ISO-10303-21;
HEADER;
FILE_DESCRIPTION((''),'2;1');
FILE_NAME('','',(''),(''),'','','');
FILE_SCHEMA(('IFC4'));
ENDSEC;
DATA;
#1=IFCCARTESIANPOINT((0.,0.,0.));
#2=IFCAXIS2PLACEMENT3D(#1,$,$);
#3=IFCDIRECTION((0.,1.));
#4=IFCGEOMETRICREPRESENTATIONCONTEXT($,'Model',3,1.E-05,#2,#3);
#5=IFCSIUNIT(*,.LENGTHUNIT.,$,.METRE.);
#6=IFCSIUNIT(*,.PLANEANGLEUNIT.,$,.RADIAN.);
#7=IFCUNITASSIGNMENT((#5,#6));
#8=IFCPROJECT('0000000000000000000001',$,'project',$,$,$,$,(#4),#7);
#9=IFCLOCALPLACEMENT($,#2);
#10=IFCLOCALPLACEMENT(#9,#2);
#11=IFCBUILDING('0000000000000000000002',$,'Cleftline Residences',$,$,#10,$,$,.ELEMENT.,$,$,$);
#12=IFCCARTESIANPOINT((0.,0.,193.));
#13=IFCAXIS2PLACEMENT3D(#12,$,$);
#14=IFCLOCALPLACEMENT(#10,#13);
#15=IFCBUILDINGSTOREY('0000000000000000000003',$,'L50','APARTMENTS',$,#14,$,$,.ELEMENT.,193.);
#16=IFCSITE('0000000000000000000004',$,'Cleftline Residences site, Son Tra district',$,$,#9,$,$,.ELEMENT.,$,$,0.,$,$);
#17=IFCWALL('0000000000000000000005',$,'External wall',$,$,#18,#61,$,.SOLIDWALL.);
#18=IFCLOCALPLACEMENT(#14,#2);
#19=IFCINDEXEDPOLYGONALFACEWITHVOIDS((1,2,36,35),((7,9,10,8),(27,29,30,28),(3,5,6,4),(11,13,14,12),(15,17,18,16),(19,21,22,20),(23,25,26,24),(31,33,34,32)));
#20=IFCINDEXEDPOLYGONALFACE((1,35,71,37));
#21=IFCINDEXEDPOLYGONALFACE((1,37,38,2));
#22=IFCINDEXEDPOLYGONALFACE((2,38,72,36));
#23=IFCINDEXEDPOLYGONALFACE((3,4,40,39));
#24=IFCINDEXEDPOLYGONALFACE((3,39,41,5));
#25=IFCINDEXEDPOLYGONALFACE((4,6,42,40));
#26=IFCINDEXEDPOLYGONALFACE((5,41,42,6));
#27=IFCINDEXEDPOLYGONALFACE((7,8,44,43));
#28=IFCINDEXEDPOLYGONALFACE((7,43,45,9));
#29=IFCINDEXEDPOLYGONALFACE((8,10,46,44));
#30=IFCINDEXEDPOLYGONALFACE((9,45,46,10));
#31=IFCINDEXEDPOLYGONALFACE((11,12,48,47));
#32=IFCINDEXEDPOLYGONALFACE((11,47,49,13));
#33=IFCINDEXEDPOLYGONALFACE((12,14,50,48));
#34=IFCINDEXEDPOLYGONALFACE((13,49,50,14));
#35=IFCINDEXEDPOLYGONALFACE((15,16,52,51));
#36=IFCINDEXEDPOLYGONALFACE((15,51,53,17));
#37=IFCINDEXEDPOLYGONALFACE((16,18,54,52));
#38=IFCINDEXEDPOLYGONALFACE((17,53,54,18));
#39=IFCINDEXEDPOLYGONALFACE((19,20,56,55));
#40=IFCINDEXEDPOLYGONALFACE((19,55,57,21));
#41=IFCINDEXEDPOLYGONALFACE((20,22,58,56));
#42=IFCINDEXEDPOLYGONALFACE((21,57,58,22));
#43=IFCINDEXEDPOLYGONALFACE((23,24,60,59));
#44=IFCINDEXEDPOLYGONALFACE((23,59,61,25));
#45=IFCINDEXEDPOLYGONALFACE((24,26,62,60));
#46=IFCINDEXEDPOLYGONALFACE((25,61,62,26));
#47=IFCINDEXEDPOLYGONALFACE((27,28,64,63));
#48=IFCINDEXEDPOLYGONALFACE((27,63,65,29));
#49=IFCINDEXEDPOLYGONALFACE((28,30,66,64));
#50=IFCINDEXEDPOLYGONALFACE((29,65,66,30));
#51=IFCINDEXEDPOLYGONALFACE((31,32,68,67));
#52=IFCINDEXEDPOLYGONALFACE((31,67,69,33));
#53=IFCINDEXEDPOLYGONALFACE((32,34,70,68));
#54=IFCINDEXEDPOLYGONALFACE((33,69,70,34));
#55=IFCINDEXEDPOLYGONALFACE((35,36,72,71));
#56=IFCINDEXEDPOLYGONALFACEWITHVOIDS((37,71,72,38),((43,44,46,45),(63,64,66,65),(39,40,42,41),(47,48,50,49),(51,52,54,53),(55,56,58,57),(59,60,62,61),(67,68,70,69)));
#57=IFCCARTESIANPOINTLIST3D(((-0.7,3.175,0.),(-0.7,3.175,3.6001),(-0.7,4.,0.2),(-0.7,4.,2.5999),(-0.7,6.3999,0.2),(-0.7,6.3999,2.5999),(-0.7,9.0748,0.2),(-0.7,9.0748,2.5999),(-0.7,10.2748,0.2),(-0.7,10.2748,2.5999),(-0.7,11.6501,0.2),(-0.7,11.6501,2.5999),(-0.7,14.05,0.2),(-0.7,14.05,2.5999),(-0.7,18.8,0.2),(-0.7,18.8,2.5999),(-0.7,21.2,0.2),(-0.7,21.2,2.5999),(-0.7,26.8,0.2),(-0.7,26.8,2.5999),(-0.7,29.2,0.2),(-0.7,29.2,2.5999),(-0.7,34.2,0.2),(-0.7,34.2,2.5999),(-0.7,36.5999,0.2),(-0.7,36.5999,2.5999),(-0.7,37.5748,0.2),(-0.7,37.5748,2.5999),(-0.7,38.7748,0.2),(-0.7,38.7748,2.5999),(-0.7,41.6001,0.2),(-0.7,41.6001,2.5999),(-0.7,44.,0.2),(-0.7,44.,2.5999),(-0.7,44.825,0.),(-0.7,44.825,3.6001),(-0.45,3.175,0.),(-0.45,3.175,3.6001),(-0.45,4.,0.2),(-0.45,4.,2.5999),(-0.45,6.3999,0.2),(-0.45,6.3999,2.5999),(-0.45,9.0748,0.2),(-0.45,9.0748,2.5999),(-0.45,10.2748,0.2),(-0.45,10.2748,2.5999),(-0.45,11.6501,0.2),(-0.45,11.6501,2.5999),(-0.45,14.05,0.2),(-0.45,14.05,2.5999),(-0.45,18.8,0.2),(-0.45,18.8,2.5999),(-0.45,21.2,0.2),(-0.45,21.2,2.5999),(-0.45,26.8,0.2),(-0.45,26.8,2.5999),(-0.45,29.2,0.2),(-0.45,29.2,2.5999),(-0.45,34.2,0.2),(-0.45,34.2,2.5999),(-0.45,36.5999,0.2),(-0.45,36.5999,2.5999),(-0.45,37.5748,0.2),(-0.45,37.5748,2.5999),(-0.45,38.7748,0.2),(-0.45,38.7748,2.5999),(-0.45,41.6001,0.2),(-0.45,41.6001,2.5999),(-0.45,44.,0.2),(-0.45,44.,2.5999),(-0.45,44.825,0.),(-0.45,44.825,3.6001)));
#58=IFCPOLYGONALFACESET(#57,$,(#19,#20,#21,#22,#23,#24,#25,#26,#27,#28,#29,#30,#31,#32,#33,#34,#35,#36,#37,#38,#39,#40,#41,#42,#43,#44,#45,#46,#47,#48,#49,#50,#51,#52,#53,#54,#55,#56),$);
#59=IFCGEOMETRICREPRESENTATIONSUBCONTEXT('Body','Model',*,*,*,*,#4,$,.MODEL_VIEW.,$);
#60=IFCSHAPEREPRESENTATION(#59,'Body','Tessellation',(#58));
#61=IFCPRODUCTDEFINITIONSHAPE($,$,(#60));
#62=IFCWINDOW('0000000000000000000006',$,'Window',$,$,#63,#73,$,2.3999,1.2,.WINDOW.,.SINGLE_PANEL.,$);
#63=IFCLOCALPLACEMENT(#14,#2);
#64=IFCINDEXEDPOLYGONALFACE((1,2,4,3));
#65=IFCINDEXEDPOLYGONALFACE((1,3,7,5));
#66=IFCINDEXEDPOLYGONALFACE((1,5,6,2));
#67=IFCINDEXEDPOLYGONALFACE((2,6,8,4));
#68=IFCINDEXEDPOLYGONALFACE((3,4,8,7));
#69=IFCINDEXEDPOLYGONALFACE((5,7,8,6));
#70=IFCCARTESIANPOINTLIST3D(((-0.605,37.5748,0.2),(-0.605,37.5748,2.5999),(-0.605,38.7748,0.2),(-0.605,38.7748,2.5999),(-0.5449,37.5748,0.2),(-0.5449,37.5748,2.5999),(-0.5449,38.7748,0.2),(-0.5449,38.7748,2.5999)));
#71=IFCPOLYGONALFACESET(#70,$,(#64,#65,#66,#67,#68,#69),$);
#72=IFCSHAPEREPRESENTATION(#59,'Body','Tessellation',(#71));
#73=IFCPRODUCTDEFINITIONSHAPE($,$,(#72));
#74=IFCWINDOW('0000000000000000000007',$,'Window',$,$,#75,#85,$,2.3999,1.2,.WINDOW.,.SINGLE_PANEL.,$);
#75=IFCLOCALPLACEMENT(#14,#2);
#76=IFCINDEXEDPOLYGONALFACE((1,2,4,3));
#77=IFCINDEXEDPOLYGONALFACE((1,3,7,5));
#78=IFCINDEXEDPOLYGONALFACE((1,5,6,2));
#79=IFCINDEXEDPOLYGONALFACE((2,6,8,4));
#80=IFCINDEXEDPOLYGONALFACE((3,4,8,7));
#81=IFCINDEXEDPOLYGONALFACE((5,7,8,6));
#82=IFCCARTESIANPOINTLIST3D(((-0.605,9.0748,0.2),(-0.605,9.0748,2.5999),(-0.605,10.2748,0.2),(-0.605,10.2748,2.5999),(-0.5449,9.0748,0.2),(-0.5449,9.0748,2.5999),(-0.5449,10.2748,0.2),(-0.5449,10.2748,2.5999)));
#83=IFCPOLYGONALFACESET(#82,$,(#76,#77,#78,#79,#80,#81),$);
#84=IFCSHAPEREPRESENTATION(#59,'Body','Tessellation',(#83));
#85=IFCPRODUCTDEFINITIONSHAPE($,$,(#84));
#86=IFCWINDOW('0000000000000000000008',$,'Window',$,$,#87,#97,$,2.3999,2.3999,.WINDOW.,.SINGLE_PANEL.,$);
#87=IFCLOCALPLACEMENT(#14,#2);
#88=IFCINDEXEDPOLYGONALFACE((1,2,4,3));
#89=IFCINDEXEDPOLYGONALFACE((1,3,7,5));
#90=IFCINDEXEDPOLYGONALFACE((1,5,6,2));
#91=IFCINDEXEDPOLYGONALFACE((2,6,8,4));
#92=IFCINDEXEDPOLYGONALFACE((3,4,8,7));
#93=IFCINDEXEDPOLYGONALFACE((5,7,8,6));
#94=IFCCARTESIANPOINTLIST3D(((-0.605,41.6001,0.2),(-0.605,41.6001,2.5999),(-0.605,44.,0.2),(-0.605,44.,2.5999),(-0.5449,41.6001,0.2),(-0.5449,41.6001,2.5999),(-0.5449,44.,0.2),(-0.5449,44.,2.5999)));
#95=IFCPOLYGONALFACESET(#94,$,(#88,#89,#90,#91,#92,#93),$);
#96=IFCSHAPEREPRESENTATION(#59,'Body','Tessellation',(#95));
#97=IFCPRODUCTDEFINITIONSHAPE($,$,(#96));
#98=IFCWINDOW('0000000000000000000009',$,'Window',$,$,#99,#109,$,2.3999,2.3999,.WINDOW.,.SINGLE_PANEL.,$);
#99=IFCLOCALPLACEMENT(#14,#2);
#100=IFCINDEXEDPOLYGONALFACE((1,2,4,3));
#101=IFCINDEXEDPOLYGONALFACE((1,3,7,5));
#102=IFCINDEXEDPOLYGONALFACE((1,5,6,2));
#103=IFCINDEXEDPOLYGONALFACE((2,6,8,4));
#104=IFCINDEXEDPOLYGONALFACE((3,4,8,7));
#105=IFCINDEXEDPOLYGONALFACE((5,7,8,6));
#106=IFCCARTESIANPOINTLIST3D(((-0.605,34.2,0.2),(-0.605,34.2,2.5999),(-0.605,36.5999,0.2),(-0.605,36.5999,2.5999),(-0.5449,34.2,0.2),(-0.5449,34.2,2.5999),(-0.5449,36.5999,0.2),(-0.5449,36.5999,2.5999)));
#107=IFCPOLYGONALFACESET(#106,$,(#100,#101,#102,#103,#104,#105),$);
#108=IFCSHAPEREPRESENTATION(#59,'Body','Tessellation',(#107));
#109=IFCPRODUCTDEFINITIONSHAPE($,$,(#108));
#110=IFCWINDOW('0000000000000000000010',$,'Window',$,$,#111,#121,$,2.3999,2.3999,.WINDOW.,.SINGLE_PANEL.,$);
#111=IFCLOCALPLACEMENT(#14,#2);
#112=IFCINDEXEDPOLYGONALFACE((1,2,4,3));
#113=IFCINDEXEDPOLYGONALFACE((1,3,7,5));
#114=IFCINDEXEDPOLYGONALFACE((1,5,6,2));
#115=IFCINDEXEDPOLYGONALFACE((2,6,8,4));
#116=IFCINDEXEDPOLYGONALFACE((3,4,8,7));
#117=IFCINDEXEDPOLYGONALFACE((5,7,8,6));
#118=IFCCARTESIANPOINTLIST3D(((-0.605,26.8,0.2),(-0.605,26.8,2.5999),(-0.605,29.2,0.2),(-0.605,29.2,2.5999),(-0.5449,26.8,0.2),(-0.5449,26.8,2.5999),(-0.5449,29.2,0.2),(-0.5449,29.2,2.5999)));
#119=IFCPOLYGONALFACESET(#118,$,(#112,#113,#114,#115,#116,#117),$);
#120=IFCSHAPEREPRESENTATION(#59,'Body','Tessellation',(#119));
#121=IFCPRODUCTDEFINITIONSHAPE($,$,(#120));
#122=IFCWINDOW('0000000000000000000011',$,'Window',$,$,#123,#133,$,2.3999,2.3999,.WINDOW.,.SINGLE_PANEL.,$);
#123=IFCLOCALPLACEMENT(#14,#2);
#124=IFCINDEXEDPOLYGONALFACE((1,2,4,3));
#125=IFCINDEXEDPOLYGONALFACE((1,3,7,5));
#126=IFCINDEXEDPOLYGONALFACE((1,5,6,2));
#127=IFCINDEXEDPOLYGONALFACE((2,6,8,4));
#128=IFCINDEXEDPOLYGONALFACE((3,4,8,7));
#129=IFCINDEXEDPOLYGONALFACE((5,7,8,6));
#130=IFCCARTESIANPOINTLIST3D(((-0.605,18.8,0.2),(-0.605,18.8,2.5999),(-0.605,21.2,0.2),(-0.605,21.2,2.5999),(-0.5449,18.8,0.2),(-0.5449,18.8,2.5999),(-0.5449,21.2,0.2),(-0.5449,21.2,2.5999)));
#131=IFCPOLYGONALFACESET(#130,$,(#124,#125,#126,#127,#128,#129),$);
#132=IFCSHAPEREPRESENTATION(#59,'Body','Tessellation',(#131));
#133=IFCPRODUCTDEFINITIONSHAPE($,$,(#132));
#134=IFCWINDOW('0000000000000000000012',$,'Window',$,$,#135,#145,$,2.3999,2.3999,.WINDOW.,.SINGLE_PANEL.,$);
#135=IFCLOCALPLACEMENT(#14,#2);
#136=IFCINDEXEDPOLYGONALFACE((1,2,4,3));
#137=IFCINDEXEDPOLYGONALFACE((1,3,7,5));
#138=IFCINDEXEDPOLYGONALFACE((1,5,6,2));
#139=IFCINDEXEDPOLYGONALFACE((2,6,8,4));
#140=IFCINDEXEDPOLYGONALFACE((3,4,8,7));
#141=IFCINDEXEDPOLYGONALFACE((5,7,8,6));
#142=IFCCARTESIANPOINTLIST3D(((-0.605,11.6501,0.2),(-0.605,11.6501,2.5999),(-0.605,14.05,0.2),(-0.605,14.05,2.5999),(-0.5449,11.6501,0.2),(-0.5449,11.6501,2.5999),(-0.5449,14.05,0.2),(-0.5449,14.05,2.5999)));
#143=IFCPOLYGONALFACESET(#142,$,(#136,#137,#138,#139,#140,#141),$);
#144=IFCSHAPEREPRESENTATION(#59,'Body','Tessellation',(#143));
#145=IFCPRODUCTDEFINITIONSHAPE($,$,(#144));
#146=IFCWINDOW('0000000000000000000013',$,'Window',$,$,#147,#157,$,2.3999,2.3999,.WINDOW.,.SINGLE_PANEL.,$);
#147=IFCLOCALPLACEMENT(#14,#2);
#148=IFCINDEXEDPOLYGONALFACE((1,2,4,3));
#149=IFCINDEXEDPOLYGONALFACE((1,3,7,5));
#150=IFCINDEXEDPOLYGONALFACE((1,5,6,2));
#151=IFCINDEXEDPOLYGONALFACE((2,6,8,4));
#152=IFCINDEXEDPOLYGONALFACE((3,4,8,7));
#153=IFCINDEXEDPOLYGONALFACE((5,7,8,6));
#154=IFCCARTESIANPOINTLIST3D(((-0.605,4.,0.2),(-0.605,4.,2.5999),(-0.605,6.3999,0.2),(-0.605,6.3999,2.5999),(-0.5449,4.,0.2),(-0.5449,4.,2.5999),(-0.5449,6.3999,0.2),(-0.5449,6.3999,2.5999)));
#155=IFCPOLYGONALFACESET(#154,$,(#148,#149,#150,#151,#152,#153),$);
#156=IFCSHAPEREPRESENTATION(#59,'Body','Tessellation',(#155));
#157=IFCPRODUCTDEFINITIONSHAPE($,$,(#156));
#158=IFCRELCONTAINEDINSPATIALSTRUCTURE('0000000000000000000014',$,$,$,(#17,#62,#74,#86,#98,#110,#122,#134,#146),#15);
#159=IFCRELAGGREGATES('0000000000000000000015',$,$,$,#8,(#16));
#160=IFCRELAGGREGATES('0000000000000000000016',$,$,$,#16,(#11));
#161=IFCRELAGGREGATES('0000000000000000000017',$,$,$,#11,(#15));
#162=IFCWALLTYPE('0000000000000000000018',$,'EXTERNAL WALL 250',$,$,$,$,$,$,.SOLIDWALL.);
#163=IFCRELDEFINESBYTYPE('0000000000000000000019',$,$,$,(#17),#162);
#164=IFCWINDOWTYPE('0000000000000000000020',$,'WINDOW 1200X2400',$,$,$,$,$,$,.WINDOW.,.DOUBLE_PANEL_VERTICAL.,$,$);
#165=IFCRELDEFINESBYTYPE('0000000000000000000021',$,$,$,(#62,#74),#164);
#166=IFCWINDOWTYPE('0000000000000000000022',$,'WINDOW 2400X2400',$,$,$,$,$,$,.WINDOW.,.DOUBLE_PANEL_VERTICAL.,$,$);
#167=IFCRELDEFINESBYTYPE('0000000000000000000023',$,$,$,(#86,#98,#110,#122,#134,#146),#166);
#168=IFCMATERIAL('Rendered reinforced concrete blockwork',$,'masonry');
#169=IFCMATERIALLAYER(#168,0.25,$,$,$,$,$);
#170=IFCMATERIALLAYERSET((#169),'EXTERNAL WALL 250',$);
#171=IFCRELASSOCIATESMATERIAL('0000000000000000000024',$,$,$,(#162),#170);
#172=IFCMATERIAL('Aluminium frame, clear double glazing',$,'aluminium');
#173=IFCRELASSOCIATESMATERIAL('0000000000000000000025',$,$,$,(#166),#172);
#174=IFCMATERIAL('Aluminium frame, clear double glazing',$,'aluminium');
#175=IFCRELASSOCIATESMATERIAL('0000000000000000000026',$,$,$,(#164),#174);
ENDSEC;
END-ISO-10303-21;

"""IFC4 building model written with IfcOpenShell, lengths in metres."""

from ifc_helpers import new_model, si_unit, direction, frame, frame_2d, origin, place, context, subcontext, project, spatial, rectangle, extrude, material, layer, layer_set, type_object, element, fill, save


model = new_model("IFC4")

# Units and contexts
model_context = context("Model", 3, precision=1e-05, world=origin(), true_north=direction((0.0, 1.0)))
body_context = subcontext(model_context, "Body", "Model", "MODEL_VIEW")
ifc_project = project(units=[si_unit("LENGTHUNIT", "METRE"), si_unit("PLANEANGLEUNIT", "RADIAN")], contexts=[model_context])

# Site, building, storey
site_placement = place(None, origin())
site = spatial("IfcSite", under=ifc_project, at=site_placement, Name="Cleftline Residences site, Son Tra district", CompositionType="ELEMENT", RefElevation=0.0)
building_placement = place(site_placement, origin())
building = spatial("IfcBuilding", under=site, at=building_placement, Name="Cleftline Residences", CompositionType="ELEMENT")
storey_placement = place(building_placement, frame((0.0, 0.0, 193.0)))
storey = spatial("IfcBuildingStorey", under=building, at=storey_placement, Name="L50", Description="APARTMENTS", CompositionType="ELEMENT", Elevation=193.0)

# Shared definitions
ifc_material_1 = material(Name="Rendered reinforced concrete blockwork", Category="masonry")
ifc_layer_1 = layer(ifc_material_1, 0.25)
ifc_layer_set_1 = layer_set([ifc_layer_1], Name="EXTERNAL WALL 250")
wall_type_1 = type_object("IfcWallType", Name="EXTERNAL WALL 250", PredefinedType="SOLIDWALL", material=ifc_layer_set_1)
ifc_material_2 = material(Name="Aluminium frame, clear double glazing", Category="aluminium")
window_type_1 = type_object("IfcWindowType", Name="WINDOW 2400X2400", PartitioningType="DOUBLE_PANEL_VERTICAL", PredefinedType="WINDOW", material=ifc_material_2)

# Wall, openings, windows
wall_1_placement = place(storey_placement, frame((-0.575, 44.825, 0.0), z_axis=(0.0, 0.0, 1.0), x_axis=(0.0, -1.0, 0.0)))
wall_1 = element("IfcWall", 1, at=wall_1_placement, inside=storey, type_object=wall_type_1, Name="External wall", PredefinedType="SOLIDWALL", context=body_context, shape_type="SweptSolid", body=[
    extrude(rectangle(XDim=41.6499, YDim=0.25, at=frame_2d((20.825, 0.0))), origin(), (0.0, 0.0, 1.0), 3.6001),
])
opening_1_placement = place(wall_1_placement, frame((0.825, 0.0, 0.2)))
opening_1 = element("IfcOpeningElement", 2, at=opening_1_placement, cuts=wall_1, PredefinedType="OPENING", context=body_context, shape_type="SweptSolid", body=[
    extrude(rectangle(XDim=2.3999, YDim=2.3999, at=frame_2d((1.2, 1.2))), frame((0.0, 0.135, 0.0), z_axis=(0.0, -1.0, 0.0), x_axis=(1.0, 0.0, 0.0)), (0.0, 0.0, 1.0), 0.27),
])
opening_2_placement = place(wall_1_placement, frame((6.05, 0.0, 0.2)))
opening_2 = element("IfcOpeningElement", 3, at=opening_2_placement, cuts=wall_1, PredefinedType="OPENING", context=body_context, shape_type="SweptSolid", body=[
    extrude(rectangle(XDim=1.2, YDim=2.3999, at=frame_2d((0.6001, 1.2))), frame((0.0, 0.135, 0.0), z_axis=(0.0, -1.0, 0.0), x_axis=(1.0, 0.0, 0.0)), (0.0, 0.0, 1.0), 0.27),
])
opening_3_placement = place(wall_1_placement, frame((8.2251, 0.0, 0.2)))
opening_3 = element("IfcOpeningElement", 4, at=opening_3_placement, cuts=wall_1, PredefinedType="OPENING", context=body_context, shape_type="SweptSolid", body=[
    extrude(rectangle(XDim=2.3999, YDim=2.3999, at=frame_2d((1.2, 1.2))), frame((0.0, 0.135, 0.0), z_axis=(0.0, -1.0, 0.0), x_axis=(1.0, 0.0, 0.0)), (0.0, 0.0, 1.0), 0.27),
])
opening_4_placement = place(wall_1_placement, frame((15.625, 0.0, 0.2)))
opening_4 = element("IfcOpeningElement", 5, at=opening_4_placement, cuts=wall_1, PredefinedType="OPENING", context=body_context, shape_type="SweptSolid", body=[
    extrude(rectangle(XDim=2.3999, YDim=2.3999, at=frame_2d((1.2, 1.2))), frame((0.0, 0.135, 0.0), z_axis=(0.0, -1.0, 0.0), x_axis=(1.0, 0.0, 0.0)), (0.0, 0.0, 1.0), 0.27),
])
opening_5_placement = place(wall_1_placement, frame((23.625, 0.0, 0.2)))
opening_5 = element("IfcOpeningElement", 6, at=opening_5_placement, cuts=wall_1, PredefinedType="OPENING", context=body_context, shape_type="SweptSolid", body=[
    extrude(rectangle(XDim=2.3999, YDim=2.3999, at=frame_2d((1.2, 1.2))), frame((0.0, 0.135, 0.0), z_axis=(0.0, -1.0, 0.0), x_axis=(1.0, 0.0, 0.0)), (0.0, 0.0, 1.0), 0.27),
])
opening_6_placement = place(wall_1_placement, frame((30.7749, 0.0, 0.2)))
opening_6 = element("IfcOpeningElement", 7, at=opening_6_placement, cuts=wall_1, PredefinedType="OPENING", context=body_context, shape_type="SweptSolid", body=[
    extrude(rectangle(XDim=2.3999, YDim=2.3999, at=frame_2d((1.2, 1.2))), frame((0.0, 0.135, 0.0), z_axis=(0.0, -1.0, 0.0), x_axis=(1.0, 0.0, 0.0)), (0.0, 0.0, 1.0), 0.27),
])
opening_7_placement = place(wall_1_placement, frame((34.55, 0.0, 0.2)))
opening_7 = element("IfcOpeningElement", 8, at=opening_7_placement, cuts=wall_1, PredefinedType="OPENING", context=body_context, shape_type="SweptSolid", body=[
    extrude(rectangle(XDim=1.2, YDim=2.3999, at=frame_2d((0.6001, 1.2))), frame((0.0, 0.135, 0.0), z_axis=(0.0, -1.0, 0.0), x_axis=(1.0, 0.0, 0.0)), (0.0, 0.0, 1.0), 0.27),
])
opening_8_placement = place(wall_1_placement, frame((38.425, 0.0, 0.2)))
opening_8 = element("IfcOpeningElement", 9, at=opening_8_placement, cuts=wall_1, PredefinedType="OPENING", context=body_context, shape_type="SweptSolid", body=[
    extrude(rectangle(XDim=2.3999, YDim=2.3999, at=frame_2d((1.2, 1.2))), frame((0.0, 0.135, 0.0), z_axis=(0.0, -1.0, 0.0), x_axis=(1.0, 0.0, 0.0)), (0.0, 0.0, 1.0), 0.27),
])
ifc_material_3 = material(Name="Aluminium frame, clear double glazing", Category="aluminium")
window_type_2 = type_object("IfcWindowType", Name="WINDOW 1200X2400", PartitioningType="DOUBLE_PANEL_VERTICAL", PredefinedType="WINDOW", material=ifc_material_3)
window_1_placement = place(opening_2_placement, origin())
window_1 = element("IfcWindow", 10, at=window_1_placement, inside=storey, type_object=window_type_2, Name="Window", OverallHeight=2.3999, OverallWidth=1.2, PartitioningType="SINGLE_PANEL", PredefinedType="WINDOW", context=body_context, shape_type="SweptSolid", body=[
    extrude(rectangle(XDim=1.2, YDim=2.3999, at=frame_2d((0.6001, 1.2))), frame((0.0, 0.03, 0.0), z_axis=(0.0, -1.0, 0.0), x_axis=(1.0, 0.0, 0.0)), (0.0, 0.0, 1.0), 0.0601),
])
fill(opening_2, window_1)
window_2_placement = place(opening_7_placement, origin())
window_2 = element("IfcWindow", 11, at=window_2_placement, inside=storey, type_object=window_type_2, Name="Window", OverallHeight=2.3999, OverallWidth=1.2, PartitioningType="SINGLE_PANEL", PredefinedType="WINDOW", context=body_context, shape_type="SweptSolid", body=[
    extrude(rectangle(XDim=1.2, YDim=2.3999, at=frame_2d((0.6001, 1.2))), frame((0.0, 0.03, 0.0), z_axis=(0.0, -1.0, 0.0), x_axis=(1.0, 0.0, 0.0)), (0.0, 0.0, 1.0), 0.0601),
])
fill(opening_7, window_2)
window_3_placement = place(opening_1_placement, origin())
window_3 = element("IfcWindow", 12, at=window_3_placement, inside=storey, type_object=window_type_1, Name="Window", OverallHeight=2.3999, OverallWidth=2.3999, PartitioningType="SINGLE_PANEL", PredefinedType="WINDOW", context=body_context, shape_type="SweptSolid", body=[
    extrude(rectangle(XDim=2.3999, YDim=2.3999, at=frame_2d((1.2, 1.2))), frame((0.0, 0.03, 0.0), z_axis=(0.0, -1.0, 0.0), x_axis=(1.0, 0.0, 0.0)), (0.0, 0.0, 1.0), 0.0601),
])
fill(opening_1, window_3)
window_4_placement = place(opening_3_placement, origin())
window_4 = element("IfcWindow", 13, at=window_4_placement, inside=storey, type_object=window_type_1, Name="Window", OverallHeight=2.3999, OverallWidth=2.3999, PartitioningType="SINGLE_PANEL", PredefinedType="WINDOW", context=body_context, shape_type="SweptSolid", body=[
    extrude(rectangle(XDim=2.3999, YDim=2.3999, at=frame_2d((1.2, 1.2))), frame((0.0, 0.03, 0.0), z_axis=(0.0, -1.0, 0.0), x_axis=(1.0, 0.0, 0.0)), (0.0, 0.0, 1.0), 0.0601),
])
fill(opening_3, window_4)
window_5_placement = place(opening_4_placement, origin())
window_5 = element("IfcWindow", 14, at=window_5_placement, inside=storey, type_object=window_type_1, Name="Window", OverallHeight=2.3999, OverallWidth=2.3999, PartitioningType="SINGLE_PANEL", PredefinedType="WINDOW", context=body_context, shape_type="SweptSolid", body=[
    extrude(rectangle(XDim=2.3999, YDim=2.3999, at=frame_2d((1.2, 1.2))), frame((0.0, 0.03, 0.0), z_axis=(0.0, -1.0, 0.0), x_axis=(1.0, 0.0, 0.0)), (0.0, 0.0, 1.0), 0.0601),
])
fill(opening_4, window_5)
window_6_placement = place(opening_5_placement, origin())
window_6 = element("IfcWindow", 15, at=window_6_placement, inside=storey, type_object=window_type_1, Name="Window", OverallHeight=2.3999, OverallWidth=2.3999, PartitioningType="SINGLE_PANEL", PredefinedType="WINDOW", context=body_context, shape_type="SweptSolid", body=[
    extrude(rectangle(XDim=2.3999, YDim=2.3999, at=frame_2d((1.2, 1.2))), frame((0.0, 0.03, 0.0), z_axis=(0.0, -1.0, 0.0), x_axis=(1.0, 0.0, 0.0)), (0.0, 0.0, 1.0), 0.0601),
])
fill(opening_5, window_6)
window_7_placement = place(opening_6_placement, origin())
window_7 = element("IfcWindow", 16, at=window_7_placement, inside=storey, type_object=window_type_1, Name="Window", OverallHeight=2.3999, OverallWidth=2.3999, PartitioningType="SINGLE_PANEL", PredefinedType="WINDOW", context=body_context, shape_type="SweptSolid", body=[
    extrude(rectangle(XDim=2.3999, YDim=2.3999, at=frame_2d((1.2, 1.2))), frame((0.0, 0.03, 0.0), z_axis=(0.0, -1.0, 0.0), x_axis=(1.0, 0.0, 0.0)), (0.0, 0.0, 1.0), 0.0601),
])
fill(opening_6, window_7)
window_8_placement = place(opening_8_placement, origin())
window_8 = element("IfcWindow", 17, at=window_8_placement, inside=storey, type_object=window_type_1, Name="Window", OverallHeight=2.3999, OverallWidth=2.3999, PartitioningType="SINGLE_PANEL", PredefinedType="WINDOW", context=body_context, shape_type="SweptSolid", body=[
    extrude(rectangle(XDim=2.3999, YDim=2.3999, at=frame_2d((1.2, 1.2))), frame((0.0, 0.03, 0.0), z_axis=(0.0, -1.0, 0.0), x_axis=(1.0, 0.0, 0.0)), (0.0, 0.0, 1.0), 0.0601),
])
fill(opening_8, window_8)

save(model, "model.ifc")
